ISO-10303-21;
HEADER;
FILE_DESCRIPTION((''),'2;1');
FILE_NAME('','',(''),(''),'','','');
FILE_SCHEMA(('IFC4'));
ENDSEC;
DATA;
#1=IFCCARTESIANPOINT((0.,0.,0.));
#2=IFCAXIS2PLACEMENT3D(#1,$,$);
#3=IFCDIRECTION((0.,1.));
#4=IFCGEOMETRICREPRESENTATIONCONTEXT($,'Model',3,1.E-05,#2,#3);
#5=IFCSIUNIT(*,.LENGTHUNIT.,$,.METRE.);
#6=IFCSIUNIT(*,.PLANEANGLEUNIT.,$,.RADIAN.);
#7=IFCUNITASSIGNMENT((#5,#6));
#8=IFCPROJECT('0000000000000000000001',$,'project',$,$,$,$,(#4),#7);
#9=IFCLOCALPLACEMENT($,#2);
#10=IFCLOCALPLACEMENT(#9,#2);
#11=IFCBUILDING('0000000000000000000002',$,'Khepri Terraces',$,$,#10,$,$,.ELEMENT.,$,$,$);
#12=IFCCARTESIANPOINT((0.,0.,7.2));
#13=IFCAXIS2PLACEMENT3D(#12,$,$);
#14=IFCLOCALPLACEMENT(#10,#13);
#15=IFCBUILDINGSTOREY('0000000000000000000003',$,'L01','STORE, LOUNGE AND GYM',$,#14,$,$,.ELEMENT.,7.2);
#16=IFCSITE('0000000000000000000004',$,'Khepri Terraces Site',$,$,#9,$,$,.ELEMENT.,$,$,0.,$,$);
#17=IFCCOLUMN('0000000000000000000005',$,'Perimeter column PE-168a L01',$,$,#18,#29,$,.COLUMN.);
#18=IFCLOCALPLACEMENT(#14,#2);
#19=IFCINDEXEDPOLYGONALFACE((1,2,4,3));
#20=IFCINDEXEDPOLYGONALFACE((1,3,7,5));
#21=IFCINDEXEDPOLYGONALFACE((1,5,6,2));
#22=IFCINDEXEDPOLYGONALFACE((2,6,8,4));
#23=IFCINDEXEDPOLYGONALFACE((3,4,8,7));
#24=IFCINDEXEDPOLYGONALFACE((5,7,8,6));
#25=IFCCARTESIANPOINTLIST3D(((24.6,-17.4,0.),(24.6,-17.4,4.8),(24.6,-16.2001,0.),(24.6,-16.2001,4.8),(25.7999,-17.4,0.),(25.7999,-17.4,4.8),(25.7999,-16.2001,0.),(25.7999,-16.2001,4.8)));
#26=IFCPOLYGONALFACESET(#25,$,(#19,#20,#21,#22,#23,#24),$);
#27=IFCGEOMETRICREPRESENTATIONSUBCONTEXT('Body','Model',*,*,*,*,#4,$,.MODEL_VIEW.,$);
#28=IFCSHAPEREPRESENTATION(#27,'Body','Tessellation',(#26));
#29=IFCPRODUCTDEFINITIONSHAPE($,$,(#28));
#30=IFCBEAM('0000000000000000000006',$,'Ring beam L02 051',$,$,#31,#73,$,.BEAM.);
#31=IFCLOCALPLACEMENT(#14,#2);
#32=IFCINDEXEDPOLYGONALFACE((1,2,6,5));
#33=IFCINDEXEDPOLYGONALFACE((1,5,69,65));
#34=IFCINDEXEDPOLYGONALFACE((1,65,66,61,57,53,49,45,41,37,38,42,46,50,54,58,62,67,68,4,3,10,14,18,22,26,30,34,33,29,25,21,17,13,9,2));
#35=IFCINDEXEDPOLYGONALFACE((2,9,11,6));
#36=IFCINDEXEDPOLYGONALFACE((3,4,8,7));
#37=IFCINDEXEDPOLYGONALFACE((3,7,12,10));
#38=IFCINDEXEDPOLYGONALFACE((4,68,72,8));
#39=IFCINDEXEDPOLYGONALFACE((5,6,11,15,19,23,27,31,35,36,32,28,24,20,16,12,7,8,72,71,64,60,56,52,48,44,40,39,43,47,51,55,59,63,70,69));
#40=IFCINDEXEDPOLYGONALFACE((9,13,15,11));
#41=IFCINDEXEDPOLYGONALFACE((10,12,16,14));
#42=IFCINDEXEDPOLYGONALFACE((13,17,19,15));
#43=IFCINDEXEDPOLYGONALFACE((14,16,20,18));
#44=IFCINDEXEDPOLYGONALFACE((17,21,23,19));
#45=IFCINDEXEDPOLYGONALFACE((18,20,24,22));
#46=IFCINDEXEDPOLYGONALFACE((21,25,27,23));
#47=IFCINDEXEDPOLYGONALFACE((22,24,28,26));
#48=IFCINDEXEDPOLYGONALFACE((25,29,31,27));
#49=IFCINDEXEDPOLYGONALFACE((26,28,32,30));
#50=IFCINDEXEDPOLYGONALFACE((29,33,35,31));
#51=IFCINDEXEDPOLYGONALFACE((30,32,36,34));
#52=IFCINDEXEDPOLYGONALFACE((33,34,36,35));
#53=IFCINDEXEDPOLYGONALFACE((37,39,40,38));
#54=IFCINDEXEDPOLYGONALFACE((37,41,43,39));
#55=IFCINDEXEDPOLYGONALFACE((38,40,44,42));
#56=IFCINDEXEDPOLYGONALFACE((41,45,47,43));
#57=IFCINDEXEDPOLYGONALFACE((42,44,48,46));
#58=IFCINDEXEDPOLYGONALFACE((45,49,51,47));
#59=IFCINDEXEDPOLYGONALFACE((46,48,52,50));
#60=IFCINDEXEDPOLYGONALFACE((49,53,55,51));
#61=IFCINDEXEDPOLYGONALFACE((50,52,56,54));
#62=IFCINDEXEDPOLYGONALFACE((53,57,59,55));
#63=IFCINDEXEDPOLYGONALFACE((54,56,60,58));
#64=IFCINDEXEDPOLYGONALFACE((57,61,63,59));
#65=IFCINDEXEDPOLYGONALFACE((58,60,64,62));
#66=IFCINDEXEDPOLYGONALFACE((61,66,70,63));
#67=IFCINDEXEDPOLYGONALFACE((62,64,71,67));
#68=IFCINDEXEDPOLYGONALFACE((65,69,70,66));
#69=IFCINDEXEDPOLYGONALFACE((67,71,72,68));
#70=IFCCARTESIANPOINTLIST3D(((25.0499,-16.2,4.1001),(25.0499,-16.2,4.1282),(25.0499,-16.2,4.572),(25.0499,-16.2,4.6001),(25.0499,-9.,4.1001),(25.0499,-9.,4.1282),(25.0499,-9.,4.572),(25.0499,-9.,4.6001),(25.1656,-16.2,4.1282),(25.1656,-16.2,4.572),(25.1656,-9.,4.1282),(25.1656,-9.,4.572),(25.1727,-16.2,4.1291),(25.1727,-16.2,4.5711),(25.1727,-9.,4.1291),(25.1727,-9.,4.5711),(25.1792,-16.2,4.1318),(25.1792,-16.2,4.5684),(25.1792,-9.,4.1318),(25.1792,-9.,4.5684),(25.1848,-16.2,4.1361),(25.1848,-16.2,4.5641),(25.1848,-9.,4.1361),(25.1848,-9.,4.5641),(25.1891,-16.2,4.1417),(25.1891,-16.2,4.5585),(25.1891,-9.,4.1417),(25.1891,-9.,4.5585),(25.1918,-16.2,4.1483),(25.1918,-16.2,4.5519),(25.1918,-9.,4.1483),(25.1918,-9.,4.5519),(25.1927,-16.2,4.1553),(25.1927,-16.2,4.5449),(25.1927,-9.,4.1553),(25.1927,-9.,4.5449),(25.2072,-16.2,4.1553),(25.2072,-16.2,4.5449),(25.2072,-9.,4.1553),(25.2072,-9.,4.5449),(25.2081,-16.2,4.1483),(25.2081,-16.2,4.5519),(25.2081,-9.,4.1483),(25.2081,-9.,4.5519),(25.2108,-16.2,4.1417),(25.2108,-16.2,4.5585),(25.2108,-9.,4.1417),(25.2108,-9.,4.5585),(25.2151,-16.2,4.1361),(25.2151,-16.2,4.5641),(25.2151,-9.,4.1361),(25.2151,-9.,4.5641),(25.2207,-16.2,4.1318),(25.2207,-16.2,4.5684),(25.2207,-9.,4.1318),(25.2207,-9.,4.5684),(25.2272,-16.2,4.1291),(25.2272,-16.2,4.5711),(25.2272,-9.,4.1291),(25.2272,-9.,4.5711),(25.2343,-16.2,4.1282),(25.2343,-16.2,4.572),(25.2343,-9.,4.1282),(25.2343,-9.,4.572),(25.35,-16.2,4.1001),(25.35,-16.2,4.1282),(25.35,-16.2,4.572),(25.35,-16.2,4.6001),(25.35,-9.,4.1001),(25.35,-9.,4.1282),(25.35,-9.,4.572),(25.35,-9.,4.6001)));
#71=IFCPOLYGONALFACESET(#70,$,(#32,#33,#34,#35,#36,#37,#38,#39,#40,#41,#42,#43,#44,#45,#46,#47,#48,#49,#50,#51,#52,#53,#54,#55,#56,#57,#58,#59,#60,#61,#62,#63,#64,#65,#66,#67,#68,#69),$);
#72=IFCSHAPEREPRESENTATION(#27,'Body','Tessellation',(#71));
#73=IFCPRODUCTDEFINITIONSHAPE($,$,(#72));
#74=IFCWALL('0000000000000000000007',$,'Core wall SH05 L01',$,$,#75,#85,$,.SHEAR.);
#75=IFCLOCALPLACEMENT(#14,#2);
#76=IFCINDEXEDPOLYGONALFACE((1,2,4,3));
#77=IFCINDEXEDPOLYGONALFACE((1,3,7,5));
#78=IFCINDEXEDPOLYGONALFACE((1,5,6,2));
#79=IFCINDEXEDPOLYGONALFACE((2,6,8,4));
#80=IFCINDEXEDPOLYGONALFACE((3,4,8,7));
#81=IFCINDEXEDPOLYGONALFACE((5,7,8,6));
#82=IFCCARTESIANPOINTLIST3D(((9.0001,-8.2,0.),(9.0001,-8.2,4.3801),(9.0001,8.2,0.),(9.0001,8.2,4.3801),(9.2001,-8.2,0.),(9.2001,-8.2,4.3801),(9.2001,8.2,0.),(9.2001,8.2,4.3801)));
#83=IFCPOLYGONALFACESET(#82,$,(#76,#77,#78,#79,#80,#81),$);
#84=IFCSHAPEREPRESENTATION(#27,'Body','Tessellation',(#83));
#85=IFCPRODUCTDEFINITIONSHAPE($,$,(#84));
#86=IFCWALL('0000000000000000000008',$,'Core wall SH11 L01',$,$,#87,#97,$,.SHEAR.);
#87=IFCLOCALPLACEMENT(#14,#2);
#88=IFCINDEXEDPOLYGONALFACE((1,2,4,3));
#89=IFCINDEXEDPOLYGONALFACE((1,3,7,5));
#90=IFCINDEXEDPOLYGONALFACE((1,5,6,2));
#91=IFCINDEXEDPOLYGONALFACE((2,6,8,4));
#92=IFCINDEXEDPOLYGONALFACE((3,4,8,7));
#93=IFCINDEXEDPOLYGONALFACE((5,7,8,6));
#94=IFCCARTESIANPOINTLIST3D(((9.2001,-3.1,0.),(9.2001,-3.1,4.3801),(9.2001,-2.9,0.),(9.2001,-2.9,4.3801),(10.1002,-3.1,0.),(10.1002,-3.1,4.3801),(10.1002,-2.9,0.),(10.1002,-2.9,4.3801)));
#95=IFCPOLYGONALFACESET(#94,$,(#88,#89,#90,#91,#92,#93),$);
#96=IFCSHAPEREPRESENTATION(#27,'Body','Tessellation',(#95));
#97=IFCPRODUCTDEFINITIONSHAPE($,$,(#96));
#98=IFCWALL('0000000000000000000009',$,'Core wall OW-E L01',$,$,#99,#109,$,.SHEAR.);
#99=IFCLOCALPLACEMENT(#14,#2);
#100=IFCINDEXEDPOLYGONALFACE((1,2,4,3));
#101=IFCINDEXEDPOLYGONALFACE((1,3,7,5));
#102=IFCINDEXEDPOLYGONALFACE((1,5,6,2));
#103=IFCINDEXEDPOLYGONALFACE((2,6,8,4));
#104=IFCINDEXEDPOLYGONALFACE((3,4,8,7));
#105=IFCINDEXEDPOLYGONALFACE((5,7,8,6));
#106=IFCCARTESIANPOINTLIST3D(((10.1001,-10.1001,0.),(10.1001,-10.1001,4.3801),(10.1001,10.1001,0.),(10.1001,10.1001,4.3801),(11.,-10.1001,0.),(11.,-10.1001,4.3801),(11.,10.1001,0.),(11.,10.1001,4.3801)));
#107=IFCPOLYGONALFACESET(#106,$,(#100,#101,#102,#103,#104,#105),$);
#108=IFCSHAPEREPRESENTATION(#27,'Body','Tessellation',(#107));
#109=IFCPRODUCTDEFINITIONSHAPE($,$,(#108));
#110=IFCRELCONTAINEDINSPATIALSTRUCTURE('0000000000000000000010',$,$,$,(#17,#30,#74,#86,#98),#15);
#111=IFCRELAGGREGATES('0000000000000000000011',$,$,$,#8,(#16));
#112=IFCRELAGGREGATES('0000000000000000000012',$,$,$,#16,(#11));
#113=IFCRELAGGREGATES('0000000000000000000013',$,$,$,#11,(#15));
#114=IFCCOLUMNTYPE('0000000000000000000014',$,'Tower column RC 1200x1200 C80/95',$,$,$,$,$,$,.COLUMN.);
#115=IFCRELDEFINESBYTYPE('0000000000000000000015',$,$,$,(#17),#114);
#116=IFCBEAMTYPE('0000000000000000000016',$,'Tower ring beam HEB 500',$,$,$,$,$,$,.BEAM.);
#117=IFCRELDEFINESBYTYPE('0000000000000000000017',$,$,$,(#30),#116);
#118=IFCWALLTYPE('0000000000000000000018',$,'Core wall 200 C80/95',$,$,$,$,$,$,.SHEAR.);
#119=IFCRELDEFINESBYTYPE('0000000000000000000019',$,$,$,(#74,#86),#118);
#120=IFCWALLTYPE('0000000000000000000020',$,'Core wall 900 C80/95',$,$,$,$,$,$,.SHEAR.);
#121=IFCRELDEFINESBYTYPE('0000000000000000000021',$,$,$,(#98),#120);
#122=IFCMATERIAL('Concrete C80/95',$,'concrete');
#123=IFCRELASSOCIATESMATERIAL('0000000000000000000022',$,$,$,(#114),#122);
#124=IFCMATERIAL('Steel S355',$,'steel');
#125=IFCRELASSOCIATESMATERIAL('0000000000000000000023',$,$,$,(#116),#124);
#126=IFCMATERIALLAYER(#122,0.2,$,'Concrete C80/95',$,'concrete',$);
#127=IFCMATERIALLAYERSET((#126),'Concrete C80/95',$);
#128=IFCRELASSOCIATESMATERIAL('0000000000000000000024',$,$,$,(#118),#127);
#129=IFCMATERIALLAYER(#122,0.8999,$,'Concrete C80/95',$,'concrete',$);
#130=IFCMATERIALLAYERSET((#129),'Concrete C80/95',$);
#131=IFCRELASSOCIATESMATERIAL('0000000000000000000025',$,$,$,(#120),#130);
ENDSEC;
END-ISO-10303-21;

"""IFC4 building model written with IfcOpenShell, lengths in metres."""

from ifc_helpers import new_model, si_unit, direction, frame, frame_2d, origin, origin_2d, place, context, subcontext, project, spatial, rectangle, i_section, extrude, material, layer, layer_set, material_profile, profile_set, type_object, element, save


model = new_model("IFC4")

# Units and contexts
model_context = context("Model", 3, precision=1e-05, world=origin(), true_north=direction((0.0, 1.0)))
body_context = subcontext(model_context, "Body", "Model", "MODEL_VIEW")
ifc_project = project(units=[si_unit("LENGTHUNIT", "METRE"), si_unit("PLANEANGLEUNIT", "RADIAN")], contexts=[model_context])

# Site, building, storey
site_placement = place(None, origin())
site = spatial("IfcSite", under=ifc_project, at=site_placement, Name="Khepri Terraces Site", CompositionType="ELEMENT", RefElevation=0.0)
building_placement = place(site_placement, origin())
building = spatial("IfcBuilding", under=site, at=building_placement, Name="Khepri Terraces", CompositionType="ELEMENT")
storey_placement = place(building_placement, frame((0.0, 0.0, 7.2)))
storey = spatial("IfcBuildingStorey", under=building, at=storey_placement, Name="L01", Description="STORE, LOUNGE AND GYM", CompositionType="ELEMENT", Elevation=7.2)

# Column
ifc_material_1 = material(Name="Concrete C80/95", Category="concrete")
ifc_material_profile_1 = material_profile(ifc_material_1, rectangle(XDim=1.2, YDim=1.2, at=origin_2d()), Name="Concrete C80/95", Category="concrete")
ifc_profile_set_1 = profile_set([ifc_material_profile_1], Name="Concrete C80/95")
column_type = type_object("IfcColumnType", Name="Tower column RC 1200x1200 C80/95", PredefinedType="COLUMN", material=ifc_profile_set_1)
column_placement = place(storey_placement, frame((25.2, -16.8, 0.0), z_axis=(0.0, 0.0, 1.0), x_axis=(1.0, 0.0, 0.0)))
element("IfcColumn", 1, at=column_placement, inside=storey, type_object=column_type, Name="Perimeter column PE-168a L01", PredefinedType="COLUMN", context=body_context, shape_type="SweptSolid", body=[
    extrude(rectangle(XDim=1.2, YDim=1.2, at=origin_2d()), origin(), (0.0, 0.0, 1.0), 4.8),
])

# Beam
ifc_material_2 = material(Name="Steel S355", Category="steel")
ifc_material_profile_2 = material_profile(ifc_material_2, i_section(OverallWidth=0.3, OverallDepth=0.5, WebThickness=0.0144, FlangeThickness=0.0281, FilletRadius=0.0271, at=origin_2d()), Name="Steel S355", Category="steel")
ifc_profile_set_2 = profile_set([ifc_material_profile_2], Name="Steel S355")
beam_type = type_object("IfcBeamType", Name="Tower ring beam HEB 500", PredefinedType="BEAM", material=ifc_profile_set_2)
beam_placement = place(storey_placement, frame((25.2, -16.2, 4.3501), z_axis=(0.0, 1.0, 0.0), x_axis=(-1.0, 0.0, 0.0)))
element("IfcBeam", 2, at=beam_placement, inside=storey, type_object=beam_type, Name="Ring beam L02 051", PredefinedType="BEAM", context=body_context, shape_type="SweptSolid", body=[
    extrude(i_section(OverallWidth=0.3, OverallDepth=0.5, WebThickness=0.0144, FlangeThickness=0.0281, FilletRadius=0.0271, at=origin_2d()), origin(), (0.0, 0.0, 1.0), 7.2),
])

# Walls
ifc_layer_1 = layer(ifc_material_1, 0.2, Name="Concrete C80/95", Category="concrete")
ifc_layer_set_1 = layer_set([ifc_layer_1], Name="Concrete C80/95")
wall_type_1 = type_object("IfcWallType", Name="Core wall 200 C80/95", PredefinedType="SHEAR", material=ifc_layer_set_1)
wall_1_placement = place(storey_placement, frame((9.1001, -8.2, 0.0), z_axis=(0.0, 0.0, 1.0), x_axis=(0.0, 1.0, 0.0)))
element("IfcWall", 3, at=wall_1_placement, inside=storey, type_object=wall_type_1, Name="Core wall SH05 L01", PredefinedType="SHEAR", context=body_context, shape_type="SweptSolid", body=[
    extrude(rectangle(XDim=16.3999, YDim=0.2, at=frame_2d((8.2, 0.0))), origin(), (0.0, 0.0, 1.0), 4.3801),
])
wall_2_placement = place(storey_placement, frame((9.2, -3.0, 0.0), z_axis=(0.0, 0.0, 1.0), x_axis=(1.0, 0.0, 0.0)))
element("IfcWall", 4, at=wall_2_placement, inside=storey, type_object=wall_type_1, Name="Core wall SH11 L01", PredefinedType="SHEAR", context=body_context, shape_type="SweptSolid", body=[
    extrude(rectangle(XDim=0.9001, YDim=0.2, at=frame_2d((0.4502, 0.0))), origin(), (0.0, 0.0, 1.0), 4.3801),
])
ifc_layer_2 = layer(ifc_material_1, 0.8999, Name="Concrete C80/95", Category="concrete")
ifc_layer_set_2 = layer_set([ifc_layer_2], Name="Concrete C80/95")
wall_type_2 = type_object("IfcWallType", Name="Core wall 900 C80/95", PredefinedType="SHEAR", material=ifc_layer_set_2)
wall_3_placement = place(storey_placement, frame((10.55, -10.1001, 0.0), z_axis=(0.0, 0.0, 1.0), x_axis=(0.0, 1.0, 0.0)))
element("IfcWall", 5, at=wall_3_placement, inside=storey, type_object=wall_type_2, Name="Core wall OW-E L01", PredefinedType="SHEAR", context=body_context, shape_type="SweptSolid", body=[
    extrude(rectangle(XDim=20.2002, YDim=0.8999, at=frame_2d((10.1001, 0.0))), origin(), (0.0, 0.0, 1.0), 4.3801),
])

save(model, "model.ifc")
